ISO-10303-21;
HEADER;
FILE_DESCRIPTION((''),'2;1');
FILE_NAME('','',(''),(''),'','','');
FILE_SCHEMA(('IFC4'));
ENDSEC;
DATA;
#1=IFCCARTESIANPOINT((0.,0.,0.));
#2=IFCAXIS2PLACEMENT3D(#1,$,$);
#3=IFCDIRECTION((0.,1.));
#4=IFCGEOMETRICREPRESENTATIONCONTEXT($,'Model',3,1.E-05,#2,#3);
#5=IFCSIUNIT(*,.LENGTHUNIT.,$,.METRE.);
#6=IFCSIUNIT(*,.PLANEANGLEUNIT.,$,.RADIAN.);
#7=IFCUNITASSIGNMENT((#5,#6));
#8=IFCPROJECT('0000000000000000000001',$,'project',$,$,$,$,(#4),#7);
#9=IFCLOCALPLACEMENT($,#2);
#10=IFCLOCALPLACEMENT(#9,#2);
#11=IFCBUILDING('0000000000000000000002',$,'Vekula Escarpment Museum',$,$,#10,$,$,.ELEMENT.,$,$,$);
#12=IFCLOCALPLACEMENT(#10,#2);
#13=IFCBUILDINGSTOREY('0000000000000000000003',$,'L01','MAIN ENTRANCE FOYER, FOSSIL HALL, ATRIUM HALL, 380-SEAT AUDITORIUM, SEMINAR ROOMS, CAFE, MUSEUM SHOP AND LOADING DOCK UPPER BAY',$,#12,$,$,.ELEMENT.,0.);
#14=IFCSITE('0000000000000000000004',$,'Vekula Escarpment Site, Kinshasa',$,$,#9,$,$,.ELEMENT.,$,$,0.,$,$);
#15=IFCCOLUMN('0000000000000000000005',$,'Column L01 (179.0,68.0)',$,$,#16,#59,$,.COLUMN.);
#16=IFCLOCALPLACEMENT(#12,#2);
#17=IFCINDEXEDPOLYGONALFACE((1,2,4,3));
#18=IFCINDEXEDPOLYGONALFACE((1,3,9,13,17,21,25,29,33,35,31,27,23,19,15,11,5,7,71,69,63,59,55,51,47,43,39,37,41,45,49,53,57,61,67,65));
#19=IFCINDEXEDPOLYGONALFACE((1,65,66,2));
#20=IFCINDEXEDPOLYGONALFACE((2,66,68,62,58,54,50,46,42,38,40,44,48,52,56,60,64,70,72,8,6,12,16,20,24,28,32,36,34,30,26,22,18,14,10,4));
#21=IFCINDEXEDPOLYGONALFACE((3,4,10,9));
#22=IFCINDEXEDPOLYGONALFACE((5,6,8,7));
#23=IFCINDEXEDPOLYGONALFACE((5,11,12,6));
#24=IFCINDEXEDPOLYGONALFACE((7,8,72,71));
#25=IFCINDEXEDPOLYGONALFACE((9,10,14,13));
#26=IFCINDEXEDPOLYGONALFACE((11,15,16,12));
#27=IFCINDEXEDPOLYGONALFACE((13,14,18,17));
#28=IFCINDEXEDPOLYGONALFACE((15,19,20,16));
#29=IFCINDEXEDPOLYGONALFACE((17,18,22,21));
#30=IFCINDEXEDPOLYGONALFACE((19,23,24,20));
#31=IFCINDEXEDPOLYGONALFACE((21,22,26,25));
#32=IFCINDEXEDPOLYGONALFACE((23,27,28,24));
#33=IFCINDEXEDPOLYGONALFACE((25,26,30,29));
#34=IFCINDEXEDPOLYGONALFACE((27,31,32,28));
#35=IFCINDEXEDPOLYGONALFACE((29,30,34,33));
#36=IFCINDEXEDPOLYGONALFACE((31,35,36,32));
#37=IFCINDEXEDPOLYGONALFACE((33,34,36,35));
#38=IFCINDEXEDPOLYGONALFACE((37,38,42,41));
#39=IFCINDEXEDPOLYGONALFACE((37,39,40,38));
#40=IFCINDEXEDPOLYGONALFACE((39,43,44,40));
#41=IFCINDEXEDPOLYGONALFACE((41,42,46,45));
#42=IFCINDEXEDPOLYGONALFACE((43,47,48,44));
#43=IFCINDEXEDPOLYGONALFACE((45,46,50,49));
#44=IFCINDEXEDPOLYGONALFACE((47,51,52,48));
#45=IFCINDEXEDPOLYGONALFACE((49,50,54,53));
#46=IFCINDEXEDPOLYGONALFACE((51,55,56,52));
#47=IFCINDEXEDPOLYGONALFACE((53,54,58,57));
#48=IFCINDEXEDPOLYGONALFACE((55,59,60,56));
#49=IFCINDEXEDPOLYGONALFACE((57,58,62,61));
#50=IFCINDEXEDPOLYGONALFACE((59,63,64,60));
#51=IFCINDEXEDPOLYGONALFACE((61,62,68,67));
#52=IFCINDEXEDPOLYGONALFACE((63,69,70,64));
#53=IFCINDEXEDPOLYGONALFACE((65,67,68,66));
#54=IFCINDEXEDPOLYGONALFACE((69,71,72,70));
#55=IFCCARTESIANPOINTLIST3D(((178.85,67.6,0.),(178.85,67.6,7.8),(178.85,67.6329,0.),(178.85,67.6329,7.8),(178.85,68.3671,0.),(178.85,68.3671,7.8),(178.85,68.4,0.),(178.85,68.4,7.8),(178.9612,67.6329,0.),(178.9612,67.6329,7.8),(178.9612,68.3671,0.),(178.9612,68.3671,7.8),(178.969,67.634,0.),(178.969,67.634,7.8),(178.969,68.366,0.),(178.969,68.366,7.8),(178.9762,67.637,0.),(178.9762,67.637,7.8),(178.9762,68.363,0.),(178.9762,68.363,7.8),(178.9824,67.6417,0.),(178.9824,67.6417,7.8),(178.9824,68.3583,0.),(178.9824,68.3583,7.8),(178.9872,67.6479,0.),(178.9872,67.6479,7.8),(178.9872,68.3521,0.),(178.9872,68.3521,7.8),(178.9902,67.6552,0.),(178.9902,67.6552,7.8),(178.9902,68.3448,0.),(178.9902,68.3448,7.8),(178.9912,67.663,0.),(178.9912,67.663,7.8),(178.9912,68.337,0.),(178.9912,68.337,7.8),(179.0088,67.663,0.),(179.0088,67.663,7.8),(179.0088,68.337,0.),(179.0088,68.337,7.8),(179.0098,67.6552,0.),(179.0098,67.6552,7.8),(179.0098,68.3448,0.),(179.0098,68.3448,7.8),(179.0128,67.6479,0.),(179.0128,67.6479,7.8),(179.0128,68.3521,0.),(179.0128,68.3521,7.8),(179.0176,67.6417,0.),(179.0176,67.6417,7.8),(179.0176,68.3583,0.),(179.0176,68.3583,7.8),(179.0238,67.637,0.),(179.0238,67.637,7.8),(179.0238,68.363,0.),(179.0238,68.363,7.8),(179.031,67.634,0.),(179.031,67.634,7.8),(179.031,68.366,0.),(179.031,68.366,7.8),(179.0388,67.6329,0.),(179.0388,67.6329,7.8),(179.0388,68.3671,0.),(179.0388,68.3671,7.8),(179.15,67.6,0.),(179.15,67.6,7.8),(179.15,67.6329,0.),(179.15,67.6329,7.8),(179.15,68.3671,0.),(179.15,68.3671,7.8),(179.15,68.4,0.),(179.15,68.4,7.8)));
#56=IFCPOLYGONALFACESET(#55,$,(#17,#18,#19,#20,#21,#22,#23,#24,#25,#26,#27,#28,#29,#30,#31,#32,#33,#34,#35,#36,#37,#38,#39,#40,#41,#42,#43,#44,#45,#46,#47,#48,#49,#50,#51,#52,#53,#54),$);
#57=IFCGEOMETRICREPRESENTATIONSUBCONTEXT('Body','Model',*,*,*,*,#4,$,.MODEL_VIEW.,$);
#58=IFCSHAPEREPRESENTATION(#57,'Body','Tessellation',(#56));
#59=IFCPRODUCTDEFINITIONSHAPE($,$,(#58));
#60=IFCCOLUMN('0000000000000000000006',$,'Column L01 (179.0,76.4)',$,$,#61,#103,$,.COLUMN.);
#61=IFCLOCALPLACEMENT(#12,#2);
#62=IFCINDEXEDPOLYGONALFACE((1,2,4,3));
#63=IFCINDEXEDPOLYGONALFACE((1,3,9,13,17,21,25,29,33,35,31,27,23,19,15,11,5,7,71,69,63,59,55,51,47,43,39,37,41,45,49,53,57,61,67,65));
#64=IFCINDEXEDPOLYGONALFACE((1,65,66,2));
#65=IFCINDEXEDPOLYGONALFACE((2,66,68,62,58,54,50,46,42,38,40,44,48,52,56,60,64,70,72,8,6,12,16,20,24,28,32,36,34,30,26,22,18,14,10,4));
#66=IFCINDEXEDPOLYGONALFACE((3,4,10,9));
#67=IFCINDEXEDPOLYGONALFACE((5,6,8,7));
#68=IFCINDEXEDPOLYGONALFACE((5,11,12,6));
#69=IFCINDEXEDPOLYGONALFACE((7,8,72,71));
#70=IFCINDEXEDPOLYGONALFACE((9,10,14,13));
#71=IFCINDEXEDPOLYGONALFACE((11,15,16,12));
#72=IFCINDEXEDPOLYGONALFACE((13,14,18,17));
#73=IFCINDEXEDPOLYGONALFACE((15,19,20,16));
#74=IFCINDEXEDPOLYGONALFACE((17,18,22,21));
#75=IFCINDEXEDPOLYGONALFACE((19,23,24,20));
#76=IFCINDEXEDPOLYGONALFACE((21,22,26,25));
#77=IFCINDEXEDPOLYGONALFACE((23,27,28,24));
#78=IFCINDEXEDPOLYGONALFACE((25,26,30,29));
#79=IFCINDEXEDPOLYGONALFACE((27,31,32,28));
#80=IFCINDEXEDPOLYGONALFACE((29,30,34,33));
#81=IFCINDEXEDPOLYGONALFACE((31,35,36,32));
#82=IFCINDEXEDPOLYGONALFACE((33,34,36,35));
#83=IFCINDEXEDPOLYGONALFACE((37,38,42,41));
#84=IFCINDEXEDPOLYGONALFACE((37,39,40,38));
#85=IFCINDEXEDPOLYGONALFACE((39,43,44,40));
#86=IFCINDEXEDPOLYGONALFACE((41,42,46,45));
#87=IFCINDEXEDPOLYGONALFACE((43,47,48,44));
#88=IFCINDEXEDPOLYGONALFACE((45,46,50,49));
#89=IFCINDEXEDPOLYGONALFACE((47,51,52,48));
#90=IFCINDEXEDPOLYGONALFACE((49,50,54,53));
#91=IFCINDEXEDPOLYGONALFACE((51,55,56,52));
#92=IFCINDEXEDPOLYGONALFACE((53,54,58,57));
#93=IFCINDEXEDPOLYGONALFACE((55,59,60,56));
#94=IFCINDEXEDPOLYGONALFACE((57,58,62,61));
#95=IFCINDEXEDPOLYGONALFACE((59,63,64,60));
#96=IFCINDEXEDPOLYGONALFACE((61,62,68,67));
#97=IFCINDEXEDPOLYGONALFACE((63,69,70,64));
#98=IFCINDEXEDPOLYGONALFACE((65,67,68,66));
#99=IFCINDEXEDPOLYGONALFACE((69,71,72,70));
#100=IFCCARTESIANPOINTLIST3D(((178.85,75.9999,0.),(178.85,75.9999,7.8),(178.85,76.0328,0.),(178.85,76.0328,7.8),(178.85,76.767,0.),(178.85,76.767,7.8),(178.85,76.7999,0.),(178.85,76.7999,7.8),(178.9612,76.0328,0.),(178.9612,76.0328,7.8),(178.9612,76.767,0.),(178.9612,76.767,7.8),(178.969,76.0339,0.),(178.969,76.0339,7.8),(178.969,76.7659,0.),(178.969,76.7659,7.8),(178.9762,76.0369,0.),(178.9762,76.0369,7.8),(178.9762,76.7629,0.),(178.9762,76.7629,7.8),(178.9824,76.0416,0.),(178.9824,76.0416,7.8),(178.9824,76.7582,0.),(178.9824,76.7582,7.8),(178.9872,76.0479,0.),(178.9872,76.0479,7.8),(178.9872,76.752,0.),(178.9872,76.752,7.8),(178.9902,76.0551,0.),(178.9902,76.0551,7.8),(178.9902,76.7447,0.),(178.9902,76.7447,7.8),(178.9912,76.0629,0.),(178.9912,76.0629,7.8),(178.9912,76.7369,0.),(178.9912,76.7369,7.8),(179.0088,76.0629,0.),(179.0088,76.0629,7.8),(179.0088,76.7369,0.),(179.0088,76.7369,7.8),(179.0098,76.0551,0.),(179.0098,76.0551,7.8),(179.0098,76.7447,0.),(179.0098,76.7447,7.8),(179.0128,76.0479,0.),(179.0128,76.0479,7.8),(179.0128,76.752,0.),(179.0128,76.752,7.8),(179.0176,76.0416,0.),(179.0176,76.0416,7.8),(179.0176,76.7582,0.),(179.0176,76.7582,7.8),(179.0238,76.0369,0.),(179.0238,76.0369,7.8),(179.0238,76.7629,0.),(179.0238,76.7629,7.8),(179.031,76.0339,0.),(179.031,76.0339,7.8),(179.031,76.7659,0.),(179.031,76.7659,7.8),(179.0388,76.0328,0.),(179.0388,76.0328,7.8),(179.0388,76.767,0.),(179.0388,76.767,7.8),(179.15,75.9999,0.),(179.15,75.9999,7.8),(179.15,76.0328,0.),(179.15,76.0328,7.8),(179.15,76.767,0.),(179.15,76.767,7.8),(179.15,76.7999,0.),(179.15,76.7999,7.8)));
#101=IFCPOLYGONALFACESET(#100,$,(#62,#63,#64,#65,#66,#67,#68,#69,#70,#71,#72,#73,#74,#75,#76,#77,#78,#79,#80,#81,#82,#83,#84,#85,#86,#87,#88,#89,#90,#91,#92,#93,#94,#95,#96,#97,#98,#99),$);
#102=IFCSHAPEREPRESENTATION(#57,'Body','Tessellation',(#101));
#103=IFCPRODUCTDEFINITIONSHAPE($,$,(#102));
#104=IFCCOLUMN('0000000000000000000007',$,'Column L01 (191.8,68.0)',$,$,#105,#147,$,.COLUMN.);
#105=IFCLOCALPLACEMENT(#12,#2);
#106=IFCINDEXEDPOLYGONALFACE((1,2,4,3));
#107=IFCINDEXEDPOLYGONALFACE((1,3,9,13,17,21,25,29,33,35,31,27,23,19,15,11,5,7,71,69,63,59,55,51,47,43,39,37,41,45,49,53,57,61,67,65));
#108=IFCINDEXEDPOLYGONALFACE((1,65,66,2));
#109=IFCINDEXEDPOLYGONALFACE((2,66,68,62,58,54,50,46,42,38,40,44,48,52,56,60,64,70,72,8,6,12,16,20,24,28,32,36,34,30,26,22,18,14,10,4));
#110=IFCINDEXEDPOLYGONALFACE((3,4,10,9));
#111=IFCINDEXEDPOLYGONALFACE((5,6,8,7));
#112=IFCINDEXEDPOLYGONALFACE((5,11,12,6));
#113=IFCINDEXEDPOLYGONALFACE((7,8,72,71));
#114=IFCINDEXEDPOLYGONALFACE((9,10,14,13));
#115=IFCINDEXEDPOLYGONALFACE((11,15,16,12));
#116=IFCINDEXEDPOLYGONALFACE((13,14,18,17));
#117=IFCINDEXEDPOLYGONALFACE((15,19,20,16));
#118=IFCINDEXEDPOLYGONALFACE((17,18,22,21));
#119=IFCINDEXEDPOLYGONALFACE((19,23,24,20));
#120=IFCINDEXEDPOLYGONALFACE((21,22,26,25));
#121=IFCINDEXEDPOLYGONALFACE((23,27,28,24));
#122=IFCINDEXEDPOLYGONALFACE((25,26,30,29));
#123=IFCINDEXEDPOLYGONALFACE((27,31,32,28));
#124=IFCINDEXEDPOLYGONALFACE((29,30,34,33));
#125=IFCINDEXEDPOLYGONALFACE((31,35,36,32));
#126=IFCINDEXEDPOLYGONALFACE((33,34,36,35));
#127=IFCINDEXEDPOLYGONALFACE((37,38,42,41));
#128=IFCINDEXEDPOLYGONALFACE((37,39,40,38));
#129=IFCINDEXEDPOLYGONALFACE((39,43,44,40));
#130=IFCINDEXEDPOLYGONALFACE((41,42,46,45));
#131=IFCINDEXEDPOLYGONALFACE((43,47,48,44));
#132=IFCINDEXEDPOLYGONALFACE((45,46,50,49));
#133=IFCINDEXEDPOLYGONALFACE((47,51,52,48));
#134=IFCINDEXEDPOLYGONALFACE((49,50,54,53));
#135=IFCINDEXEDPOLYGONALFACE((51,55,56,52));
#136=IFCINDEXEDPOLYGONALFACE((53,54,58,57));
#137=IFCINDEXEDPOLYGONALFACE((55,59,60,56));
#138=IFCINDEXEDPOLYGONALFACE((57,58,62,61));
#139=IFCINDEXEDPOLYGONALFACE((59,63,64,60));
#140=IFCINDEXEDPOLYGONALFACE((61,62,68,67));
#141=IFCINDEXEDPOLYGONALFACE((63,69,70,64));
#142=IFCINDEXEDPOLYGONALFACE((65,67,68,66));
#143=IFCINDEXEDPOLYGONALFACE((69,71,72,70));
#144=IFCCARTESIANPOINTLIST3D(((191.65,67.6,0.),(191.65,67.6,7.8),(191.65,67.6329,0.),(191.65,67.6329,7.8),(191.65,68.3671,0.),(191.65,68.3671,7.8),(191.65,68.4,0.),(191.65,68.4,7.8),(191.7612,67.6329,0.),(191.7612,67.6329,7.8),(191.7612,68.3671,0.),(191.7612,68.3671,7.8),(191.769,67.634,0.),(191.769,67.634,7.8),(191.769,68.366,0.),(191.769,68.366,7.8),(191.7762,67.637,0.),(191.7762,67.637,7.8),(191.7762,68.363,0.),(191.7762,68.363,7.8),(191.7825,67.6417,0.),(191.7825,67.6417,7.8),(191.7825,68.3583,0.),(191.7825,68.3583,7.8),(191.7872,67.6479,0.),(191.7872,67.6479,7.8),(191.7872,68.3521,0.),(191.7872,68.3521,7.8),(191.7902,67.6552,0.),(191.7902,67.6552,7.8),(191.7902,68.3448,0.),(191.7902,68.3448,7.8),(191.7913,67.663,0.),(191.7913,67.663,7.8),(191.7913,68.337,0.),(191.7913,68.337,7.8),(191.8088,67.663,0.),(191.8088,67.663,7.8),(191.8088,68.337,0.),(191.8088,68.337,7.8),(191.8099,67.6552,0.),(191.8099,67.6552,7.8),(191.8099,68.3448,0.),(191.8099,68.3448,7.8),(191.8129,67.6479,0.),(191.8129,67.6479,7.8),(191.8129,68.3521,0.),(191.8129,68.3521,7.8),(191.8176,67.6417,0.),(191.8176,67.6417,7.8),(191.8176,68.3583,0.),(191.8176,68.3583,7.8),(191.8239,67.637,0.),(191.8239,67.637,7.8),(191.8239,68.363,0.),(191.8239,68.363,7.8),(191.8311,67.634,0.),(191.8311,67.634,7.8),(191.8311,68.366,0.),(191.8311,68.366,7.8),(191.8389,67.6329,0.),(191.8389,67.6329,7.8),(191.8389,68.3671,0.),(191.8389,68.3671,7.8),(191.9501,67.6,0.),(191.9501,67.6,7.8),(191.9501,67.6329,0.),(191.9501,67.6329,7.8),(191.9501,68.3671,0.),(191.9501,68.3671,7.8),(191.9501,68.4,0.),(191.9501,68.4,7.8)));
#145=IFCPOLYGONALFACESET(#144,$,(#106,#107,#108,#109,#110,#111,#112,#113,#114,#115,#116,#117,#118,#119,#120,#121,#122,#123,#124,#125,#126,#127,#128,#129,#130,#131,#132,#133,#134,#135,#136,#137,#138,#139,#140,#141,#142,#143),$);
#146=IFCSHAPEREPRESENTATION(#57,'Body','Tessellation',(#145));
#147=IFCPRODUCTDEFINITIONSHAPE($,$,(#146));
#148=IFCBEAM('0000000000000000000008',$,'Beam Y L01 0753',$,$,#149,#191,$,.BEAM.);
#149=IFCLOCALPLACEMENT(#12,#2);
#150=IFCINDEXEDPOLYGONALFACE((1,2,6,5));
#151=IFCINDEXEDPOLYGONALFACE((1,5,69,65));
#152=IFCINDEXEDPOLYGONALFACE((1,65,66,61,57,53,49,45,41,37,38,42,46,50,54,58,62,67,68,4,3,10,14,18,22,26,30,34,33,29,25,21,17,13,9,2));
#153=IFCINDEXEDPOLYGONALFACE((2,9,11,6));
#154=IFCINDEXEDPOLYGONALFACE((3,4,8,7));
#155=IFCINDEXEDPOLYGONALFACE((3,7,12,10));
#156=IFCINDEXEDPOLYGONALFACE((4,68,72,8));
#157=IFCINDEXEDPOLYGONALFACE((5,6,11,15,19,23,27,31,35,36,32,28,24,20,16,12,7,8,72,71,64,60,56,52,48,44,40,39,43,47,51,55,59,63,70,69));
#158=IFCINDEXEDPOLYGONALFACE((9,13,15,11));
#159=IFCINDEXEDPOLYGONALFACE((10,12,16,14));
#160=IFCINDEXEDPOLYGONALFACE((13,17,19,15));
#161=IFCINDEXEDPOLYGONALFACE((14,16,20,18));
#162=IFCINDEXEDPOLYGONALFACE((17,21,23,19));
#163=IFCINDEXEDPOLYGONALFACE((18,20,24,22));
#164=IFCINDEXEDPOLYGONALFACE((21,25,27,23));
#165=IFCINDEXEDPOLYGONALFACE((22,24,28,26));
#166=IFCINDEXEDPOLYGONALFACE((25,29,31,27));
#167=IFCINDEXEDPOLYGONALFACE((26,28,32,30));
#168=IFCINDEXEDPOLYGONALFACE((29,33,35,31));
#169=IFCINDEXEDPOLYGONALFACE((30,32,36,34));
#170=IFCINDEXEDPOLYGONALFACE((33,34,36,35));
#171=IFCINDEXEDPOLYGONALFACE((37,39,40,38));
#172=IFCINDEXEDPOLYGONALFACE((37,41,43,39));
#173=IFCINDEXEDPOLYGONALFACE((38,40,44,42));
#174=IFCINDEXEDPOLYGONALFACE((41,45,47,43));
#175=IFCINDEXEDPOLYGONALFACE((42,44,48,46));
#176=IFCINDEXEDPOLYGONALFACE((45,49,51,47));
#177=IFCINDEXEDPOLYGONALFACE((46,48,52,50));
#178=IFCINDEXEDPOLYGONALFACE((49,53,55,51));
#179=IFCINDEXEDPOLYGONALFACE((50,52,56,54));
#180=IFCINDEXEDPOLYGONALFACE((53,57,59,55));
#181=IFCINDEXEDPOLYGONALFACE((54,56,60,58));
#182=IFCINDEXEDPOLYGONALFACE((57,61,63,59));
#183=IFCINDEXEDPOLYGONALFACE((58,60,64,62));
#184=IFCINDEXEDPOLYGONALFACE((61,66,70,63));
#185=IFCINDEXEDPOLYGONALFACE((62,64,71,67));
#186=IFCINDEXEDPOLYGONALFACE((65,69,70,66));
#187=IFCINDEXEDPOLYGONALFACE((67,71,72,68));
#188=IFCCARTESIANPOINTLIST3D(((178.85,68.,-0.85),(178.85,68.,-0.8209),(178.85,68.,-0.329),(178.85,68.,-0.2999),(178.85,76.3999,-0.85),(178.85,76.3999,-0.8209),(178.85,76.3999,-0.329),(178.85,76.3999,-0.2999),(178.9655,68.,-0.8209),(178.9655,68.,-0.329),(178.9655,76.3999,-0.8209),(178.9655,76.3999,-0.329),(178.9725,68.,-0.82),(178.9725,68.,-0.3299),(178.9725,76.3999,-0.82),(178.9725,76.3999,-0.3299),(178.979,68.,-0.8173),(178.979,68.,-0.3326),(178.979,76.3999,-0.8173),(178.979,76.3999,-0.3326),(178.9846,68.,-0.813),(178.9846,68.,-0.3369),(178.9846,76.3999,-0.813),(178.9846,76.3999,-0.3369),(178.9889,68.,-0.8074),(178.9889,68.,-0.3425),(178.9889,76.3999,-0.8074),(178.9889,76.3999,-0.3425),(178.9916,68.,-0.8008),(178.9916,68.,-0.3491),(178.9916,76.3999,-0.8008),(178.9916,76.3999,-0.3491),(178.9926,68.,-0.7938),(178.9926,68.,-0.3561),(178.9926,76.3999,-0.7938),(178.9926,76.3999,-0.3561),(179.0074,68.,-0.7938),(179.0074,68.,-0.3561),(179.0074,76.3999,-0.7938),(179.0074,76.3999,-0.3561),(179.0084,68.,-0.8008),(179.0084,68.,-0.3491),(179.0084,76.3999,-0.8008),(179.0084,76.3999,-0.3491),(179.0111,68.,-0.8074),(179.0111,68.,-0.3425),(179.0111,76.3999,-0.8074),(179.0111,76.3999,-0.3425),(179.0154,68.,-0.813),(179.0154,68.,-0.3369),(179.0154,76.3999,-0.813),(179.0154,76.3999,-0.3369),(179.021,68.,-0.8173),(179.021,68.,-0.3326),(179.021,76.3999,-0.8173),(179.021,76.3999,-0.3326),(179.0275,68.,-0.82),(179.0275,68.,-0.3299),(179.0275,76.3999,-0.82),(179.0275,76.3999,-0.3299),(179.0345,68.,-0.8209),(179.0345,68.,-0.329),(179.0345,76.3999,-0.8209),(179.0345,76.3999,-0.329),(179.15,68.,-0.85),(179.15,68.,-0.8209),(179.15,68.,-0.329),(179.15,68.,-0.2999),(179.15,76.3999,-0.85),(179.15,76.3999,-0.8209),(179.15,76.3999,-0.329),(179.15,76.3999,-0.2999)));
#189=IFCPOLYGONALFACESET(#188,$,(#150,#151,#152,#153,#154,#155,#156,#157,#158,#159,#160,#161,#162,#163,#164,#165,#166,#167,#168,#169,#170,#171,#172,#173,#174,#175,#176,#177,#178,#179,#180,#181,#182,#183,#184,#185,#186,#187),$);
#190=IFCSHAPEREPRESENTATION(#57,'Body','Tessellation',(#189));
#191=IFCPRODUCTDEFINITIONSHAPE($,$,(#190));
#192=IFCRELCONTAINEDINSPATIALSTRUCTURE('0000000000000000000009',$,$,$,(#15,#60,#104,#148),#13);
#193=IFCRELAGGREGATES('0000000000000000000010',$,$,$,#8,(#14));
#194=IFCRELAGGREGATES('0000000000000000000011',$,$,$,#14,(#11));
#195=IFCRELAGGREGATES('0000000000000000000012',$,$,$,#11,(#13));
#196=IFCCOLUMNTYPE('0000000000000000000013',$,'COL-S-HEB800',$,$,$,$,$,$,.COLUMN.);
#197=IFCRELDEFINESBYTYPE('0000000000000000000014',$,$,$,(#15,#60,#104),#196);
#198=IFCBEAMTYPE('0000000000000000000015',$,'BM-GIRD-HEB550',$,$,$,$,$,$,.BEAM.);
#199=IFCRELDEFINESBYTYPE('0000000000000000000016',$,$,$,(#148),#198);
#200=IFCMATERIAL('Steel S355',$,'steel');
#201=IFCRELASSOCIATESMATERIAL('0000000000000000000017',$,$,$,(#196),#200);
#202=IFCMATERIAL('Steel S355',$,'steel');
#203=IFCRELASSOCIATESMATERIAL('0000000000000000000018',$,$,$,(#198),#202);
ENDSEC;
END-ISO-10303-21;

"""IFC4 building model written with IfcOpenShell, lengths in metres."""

from ifc_helpers import new_model, si_unit, direction, frame, origin, origin_2d, place, context, subcontext, project, spatial, i_section, extrude, material, material_profile, profile_set, type_object, element, save


model = new_model("IFC4")

# Units and contexts
model_context = context("Model", 3, precision=1e-05, world=origin(), true_north=direction((0.0, 1.0)))
body_context = subcontext(model_context, "Body", "Model", "MODEL_VIEW")
ifc_project = project(units=[si_unit("LENGTHUNIT", "METRE"), si_unit("PLANEANGLEUNIT", "RADIAN")], contexts=[model_context])

# Site, building, storey
site_placement = place(None, origin())
site = spatial("IfcSite", under=ifc_project, at=site_placement, Name="Vekula Escarpment Site, Kinshasa", CompositionType="ELEMENT", RefElevation=0.0)
building_placement = place(site_placement, origin())
building = spatial("IfcBuilding", under=site, at=building_placement, Name="Vekula Escarpment Museum", CompositionType="ELEMENT")
storey_placement = place(building_placement, origin())
storey = spatial("IfcBuildingStorey", under=building, at=storey_placement, Name="L01", Description="MAIN ENTRANCE FOYER, FOSSIL HALL, ATRIUM HALL, 380-SEAT AUDITORIUM, SEMINAR ROOMS, CAFE, MUSEUM SHOP AND LOADING DOCK UPPER BAY", CompositionType="ELEMENT", Elevation=0.0)

# Columns
ifc_material_1 = material(Name="Steel S355", Category="steel")
ifc_material_profile_1 = material_profile(ifc_material_1, i_section(OverallWidth=0.3, OverallDepth=0.8, WebThickness=0.0176, FlangeThickness=0.033, FilletRadius=0.03, at=origin_2d()), Name="HEB 800")
ifc_profile_set_1 = profile_set([ifc_material_profile_1], Name="Steel S355")
column_type = type_object("IfcColumnType", Name="COL-S-HEB800", PredefinedType="COLUMN", material=ifc_profile_set_1)
for number, where, z_axis, x_axis, name in (
    (1, (179.0, 68.0, 0.0), (0.0, 0.0, 1.0), (1.0, 0.0, 0.0), "Column L01 (179.0,68.0)"),
    (2, (179.0, 76.3999, 0.0), (0.0, 0.0, 1.0), (1.0, 0.0, 0.0), "Column L01 (179.0,76.4)"),
    (3, (191.8, 68.0, 0.0), (0.0, 0.0, 1.0), (1.0, 0.0, 0.0), "Column L01 (191.8,68.0)"),
):
    element("IfcColumn", number, at=place(storey_placement, frame(where, z_axis=z_axis, x_axis=x_axis)), inside=storey, type_object=column_type, Name=name, PredefinedType="COLUMN", context=body_context, shape_type="SweptSolid", body=[
        extrude(i_section(OverallWidth=0.3, OverallDepth=0.8, WebThickness=0.0176, FlangeThickness=0.033, FilletRadius=0.03, at=origin_2d()), origin(), (0.0, 0.0, 1.0), 7.8),
    ])

# Beam
ifc_material_2 = material(Name="Steel S355", Category="steel")
ifc_material_profile_2 = material_profile(ifc_material_2, i_section(OverallWidth=0.3, OverallDepth=0.55, WebThickness=0.0149, FlangeThickness=0.0291, FilletRadius=0.0271, at=origin_2d()), Name="HEB 550")
ifc_profile_set_2 = profile_set([ifc_material_profile_2], Name="Steel S355")
beam_type_1 = type_object("IfcBeamType", Name="BM-GIRD-HEB550", PredefinedType="BEAM", material=ifc_profile_set_2)
beam_1_placement = place(storey_placement, frame((179.0, 68.0, -0.575), z_axis=(0.0, 1.0, 0.0), x_axis=(-1.0, 0.0, 0.0)))
element("IfcBeam", 4, at=beam_1_placement, inside=storey, type_object=beam_type_1, Name="Beam Y L01 0753", PredefinedType="BEAM", context=body_context, shape_type="SweptSolid", body=[
    extrude(i_section(OverallWidth=0.3, OverallDepth=0.55, WebThickness=0.0149, FlangeThickness=0.0291, FilletRadius=0.0271, at=origin_2d()), origin(), (0.0, 0.0, 1.0), 8.3999),
])

save(model, "model.ifc")
